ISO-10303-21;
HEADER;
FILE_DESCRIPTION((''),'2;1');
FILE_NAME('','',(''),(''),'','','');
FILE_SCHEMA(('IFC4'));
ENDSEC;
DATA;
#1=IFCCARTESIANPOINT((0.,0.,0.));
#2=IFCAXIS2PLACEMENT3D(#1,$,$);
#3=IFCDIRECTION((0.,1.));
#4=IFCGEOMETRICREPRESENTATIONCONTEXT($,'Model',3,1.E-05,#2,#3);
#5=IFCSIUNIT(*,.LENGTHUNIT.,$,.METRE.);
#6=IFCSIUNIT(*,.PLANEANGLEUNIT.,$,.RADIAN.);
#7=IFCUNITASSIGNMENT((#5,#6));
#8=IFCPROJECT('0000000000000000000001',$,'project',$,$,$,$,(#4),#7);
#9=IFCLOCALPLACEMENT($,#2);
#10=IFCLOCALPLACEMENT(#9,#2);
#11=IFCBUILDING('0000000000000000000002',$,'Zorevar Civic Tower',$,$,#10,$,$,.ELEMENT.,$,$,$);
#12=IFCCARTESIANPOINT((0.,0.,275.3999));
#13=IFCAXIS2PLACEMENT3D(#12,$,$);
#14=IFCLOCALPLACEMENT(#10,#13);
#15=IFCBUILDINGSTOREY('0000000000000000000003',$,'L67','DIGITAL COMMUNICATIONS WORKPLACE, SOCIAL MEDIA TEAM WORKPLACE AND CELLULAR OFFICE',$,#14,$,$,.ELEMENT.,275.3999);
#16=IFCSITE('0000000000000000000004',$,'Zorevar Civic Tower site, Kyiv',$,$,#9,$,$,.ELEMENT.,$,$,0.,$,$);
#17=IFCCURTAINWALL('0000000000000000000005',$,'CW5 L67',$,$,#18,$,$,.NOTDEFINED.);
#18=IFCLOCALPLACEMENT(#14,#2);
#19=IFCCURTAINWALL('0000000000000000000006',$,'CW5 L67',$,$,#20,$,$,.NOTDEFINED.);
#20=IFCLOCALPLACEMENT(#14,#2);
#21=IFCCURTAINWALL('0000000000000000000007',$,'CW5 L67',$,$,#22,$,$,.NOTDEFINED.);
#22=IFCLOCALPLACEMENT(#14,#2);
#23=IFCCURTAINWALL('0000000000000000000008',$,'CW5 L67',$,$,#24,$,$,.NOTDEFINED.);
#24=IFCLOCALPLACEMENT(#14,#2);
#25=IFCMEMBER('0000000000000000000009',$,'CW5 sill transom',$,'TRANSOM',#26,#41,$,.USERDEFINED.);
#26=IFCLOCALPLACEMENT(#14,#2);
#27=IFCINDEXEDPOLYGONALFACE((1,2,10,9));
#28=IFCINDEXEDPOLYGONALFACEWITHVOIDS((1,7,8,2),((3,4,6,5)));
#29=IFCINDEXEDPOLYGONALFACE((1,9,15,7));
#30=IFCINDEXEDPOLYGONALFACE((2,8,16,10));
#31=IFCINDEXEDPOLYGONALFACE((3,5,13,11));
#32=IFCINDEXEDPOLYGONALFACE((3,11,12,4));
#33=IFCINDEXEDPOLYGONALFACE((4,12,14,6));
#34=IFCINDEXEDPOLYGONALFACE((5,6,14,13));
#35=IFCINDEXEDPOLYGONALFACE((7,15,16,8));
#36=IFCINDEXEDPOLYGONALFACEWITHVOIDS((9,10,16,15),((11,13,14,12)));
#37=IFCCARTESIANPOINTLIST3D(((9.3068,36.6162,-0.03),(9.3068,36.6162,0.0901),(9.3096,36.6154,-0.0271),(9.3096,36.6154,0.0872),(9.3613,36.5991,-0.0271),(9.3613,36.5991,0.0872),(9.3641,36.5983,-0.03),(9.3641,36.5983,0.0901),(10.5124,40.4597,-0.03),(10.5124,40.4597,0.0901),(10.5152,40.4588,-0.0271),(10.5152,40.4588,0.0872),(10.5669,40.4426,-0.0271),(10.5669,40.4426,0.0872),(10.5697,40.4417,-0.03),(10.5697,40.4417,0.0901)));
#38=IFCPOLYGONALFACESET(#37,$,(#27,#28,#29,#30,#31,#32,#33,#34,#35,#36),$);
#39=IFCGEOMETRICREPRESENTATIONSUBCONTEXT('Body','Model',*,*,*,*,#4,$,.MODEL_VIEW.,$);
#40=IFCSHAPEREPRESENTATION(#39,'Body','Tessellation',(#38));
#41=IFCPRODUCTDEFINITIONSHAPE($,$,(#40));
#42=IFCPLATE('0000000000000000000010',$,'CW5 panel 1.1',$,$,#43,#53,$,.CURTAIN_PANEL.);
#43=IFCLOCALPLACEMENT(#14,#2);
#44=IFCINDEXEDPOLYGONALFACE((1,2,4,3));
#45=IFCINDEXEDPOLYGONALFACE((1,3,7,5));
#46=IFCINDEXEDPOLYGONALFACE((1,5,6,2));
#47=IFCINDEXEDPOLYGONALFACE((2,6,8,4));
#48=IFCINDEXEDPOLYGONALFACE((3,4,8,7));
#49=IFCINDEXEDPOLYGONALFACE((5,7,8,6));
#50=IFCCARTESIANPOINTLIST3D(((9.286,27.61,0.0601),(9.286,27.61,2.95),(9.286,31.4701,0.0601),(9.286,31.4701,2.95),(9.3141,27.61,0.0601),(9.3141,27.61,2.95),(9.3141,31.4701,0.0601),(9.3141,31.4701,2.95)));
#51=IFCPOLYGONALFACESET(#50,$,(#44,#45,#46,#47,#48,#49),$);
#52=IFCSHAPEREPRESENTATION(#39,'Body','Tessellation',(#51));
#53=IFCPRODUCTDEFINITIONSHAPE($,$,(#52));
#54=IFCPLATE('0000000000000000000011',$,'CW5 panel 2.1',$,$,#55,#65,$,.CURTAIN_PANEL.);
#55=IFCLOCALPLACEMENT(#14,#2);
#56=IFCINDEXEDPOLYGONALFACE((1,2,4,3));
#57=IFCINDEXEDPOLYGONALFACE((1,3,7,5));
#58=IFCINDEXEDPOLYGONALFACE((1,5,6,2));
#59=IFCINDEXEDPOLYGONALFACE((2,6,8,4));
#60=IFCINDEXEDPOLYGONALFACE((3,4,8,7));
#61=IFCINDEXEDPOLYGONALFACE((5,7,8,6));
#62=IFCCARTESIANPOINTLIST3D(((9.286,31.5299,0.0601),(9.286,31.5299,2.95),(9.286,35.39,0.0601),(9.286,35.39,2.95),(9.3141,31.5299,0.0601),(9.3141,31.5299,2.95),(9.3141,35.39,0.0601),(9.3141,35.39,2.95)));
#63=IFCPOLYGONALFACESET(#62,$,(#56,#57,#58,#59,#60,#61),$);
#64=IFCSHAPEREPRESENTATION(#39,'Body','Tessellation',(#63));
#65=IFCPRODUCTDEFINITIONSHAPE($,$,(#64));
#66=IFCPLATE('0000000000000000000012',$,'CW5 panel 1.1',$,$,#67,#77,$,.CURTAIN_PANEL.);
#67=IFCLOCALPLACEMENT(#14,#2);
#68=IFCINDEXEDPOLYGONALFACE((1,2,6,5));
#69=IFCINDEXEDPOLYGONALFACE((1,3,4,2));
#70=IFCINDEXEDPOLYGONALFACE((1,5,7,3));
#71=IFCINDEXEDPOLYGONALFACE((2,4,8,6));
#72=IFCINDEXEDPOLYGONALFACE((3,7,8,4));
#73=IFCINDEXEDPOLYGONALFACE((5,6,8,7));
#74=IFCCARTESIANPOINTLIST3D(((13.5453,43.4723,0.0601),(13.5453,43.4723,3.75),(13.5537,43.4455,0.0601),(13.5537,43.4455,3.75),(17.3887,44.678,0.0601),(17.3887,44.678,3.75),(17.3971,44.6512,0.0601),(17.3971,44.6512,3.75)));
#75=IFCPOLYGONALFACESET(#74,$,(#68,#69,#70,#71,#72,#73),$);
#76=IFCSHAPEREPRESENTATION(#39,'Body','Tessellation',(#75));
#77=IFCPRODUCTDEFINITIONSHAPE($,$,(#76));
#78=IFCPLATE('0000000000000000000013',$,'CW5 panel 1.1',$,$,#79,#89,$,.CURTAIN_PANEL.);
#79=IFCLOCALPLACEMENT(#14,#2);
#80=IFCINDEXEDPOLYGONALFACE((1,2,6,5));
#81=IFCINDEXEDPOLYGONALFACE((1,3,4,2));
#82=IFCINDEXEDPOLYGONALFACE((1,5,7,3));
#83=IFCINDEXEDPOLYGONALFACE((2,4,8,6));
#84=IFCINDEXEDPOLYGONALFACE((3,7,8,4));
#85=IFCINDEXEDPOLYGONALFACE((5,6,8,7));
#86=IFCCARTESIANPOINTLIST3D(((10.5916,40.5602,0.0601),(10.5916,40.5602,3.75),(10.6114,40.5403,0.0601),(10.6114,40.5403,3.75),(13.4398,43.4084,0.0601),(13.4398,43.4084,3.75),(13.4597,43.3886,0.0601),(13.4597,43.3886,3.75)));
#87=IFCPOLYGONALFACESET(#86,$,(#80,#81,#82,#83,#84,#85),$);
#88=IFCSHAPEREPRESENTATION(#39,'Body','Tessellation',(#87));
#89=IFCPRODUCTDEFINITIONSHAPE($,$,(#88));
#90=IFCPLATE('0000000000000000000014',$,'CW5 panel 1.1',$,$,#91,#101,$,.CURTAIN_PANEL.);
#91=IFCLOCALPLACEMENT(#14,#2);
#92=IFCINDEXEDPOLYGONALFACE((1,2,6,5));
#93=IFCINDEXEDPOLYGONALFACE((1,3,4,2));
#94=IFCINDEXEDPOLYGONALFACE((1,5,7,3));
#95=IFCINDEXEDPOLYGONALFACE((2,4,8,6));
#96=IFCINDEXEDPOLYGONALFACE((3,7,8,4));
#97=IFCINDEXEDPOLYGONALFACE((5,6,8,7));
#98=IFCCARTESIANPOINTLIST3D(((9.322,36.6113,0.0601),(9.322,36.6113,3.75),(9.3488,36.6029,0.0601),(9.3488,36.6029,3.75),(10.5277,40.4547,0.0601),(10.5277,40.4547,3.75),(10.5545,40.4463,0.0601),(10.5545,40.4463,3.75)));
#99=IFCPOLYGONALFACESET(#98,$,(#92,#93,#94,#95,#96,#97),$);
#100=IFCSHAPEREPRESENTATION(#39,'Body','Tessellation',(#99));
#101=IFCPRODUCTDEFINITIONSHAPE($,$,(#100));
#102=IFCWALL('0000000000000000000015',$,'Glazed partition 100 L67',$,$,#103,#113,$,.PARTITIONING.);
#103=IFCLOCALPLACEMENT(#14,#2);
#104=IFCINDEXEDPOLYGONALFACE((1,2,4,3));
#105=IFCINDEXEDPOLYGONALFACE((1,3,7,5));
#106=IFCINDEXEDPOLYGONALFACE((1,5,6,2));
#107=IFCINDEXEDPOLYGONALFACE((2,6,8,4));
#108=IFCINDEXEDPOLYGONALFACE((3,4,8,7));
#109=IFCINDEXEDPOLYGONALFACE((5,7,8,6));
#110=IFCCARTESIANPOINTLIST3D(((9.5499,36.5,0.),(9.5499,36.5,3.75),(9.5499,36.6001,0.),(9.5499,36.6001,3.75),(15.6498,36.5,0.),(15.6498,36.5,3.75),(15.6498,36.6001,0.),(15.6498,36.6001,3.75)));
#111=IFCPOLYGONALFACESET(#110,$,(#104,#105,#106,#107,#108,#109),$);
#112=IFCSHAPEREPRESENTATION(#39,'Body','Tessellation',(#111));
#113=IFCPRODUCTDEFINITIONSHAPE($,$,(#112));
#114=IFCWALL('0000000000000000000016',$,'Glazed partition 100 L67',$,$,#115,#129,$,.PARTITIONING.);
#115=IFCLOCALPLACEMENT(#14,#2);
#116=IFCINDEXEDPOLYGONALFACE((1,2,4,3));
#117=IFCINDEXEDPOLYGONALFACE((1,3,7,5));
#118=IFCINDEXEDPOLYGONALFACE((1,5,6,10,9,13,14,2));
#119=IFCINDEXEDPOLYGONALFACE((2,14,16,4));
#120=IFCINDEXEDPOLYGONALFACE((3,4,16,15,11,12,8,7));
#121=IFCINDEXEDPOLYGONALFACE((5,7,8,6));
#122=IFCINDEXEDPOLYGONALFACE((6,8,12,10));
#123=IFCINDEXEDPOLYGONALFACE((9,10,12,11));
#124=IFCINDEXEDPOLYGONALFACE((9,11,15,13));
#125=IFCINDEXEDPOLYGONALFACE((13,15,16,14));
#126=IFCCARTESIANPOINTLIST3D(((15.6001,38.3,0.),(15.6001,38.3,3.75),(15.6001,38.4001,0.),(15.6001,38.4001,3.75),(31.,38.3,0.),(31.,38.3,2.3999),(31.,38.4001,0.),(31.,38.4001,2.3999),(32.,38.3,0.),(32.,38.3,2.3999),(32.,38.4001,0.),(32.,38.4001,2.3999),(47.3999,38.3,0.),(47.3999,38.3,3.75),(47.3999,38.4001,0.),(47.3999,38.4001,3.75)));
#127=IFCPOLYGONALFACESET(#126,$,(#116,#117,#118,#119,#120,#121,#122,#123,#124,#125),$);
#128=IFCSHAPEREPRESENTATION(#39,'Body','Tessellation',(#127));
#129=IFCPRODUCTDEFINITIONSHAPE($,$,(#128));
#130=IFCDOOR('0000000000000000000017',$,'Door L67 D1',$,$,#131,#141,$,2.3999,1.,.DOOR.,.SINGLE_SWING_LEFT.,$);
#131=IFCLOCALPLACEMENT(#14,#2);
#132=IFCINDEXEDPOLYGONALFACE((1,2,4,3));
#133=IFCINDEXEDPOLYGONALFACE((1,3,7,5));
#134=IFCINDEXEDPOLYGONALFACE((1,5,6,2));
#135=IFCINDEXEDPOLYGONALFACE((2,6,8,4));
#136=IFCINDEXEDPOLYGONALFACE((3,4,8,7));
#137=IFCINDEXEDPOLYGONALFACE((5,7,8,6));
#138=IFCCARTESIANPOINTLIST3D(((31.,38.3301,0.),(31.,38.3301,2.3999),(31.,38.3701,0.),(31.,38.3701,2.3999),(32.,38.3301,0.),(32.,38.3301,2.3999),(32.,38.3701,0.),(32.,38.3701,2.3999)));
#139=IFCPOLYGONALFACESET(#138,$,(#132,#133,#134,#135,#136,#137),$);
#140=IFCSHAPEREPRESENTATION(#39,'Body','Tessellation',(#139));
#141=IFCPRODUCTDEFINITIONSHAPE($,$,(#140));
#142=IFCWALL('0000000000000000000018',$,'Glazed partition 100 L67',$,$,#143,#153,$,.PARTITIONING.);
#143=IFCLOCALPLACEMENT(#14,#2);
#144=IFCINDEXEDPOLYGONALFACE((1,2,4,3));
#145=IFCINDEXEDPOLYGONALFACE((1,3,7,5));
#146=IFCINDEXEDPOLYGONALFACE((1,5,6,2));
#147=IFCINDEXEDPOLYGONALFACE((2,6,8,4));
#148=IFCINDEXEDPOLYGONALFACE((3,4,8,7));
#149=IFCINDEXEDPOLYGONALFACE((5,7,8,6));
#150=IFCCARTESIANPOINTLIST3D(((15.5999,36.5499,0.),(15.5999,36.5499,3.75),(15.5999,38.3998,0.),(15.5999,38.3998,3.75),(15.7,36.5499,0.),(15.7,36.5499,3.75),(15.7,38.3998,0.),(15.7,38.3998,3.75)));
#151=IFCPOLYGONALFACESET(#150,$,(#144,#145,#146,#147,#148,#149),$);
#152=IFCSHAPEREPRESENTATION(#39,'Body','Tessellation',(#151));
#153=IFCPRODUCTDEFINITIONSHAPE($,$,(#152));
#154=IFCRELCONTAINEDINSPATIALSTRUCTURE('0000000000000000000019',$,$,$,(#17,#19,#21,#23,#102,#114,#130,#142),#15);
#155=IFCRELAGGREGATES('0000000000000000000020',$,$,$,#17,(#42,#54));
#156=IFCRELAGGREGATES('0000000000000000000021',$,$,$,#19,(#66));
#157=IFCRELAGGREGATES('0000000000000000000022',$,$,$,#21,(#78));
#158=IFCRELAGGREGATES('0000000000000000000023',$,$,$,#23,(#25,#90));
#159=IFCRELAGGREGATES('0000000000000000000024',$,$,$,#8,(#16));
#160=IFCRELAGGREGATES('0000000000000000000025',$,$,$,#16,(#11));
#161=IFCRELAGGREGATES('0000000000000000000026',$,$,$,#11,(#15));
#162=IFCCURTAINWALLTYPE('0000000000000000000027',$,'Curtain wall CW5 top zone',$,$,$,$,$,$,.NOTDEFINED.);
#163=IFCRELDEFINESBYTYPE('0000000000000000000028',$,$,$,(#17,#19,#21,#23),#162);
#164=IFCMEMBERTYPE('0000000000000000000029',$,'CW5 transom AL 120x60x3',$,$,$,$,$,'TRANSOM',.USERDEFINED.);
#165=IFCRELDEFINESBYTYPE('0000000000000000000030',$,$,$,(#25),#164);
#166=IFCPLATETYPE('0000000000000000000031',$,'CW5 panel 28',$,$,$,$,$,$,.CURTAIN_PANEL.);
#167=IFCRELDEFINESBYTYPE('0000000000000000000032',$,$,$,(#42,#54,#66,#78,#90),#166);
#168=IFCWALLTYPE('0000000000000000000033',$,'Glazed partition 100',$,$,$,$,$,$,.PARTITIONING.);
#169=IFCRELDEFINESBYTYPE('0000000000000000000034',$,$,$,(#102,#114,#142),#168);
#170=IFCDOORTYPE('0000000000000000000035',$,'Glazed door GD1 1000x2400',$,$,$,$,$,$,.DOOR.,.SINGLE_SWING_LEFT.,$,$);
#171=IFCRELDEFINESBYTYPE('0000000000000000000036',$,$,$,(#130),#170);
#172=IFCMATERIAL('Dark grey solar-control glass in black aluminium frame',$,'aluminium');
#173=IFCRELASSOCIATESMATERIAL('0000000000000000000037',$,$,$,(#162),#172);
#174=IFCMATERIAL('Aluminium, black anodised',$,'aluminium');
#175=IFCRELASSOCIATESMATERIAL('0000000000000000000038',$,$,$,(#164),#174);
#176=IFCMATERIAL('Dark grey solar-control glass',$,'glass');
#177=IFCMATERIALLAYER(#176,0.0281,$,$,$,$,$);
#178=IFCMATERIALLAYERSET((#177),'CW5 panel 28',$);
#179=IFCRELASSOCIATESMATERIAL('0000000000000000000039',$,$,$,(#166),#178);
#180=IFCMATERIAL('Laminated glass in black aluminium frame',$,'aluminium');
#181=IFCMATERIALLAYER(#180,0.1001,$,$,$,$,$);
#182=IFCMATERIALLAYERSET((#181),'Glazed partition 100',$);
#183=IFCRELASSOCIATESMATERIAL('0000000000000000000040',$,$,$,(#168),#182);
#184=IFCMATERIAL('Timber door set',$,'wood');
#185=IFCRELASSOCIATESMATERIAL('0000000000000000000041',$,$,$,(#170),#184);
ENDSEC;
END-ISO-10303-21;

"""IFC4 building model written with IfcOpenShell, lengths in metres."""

from ifc_helpers import new_model, si_unit, direction, frame, frame_2d, origin, origin_2d, place, context, subcontext, project, spatial, rectangle, hollow_rectangle, extrude, material, layer, layer_set, material_profile, profile_set, type_object, element, fill, aggregate, save


model = new_model("IFC4")

# Units and contexts
model_context = context("Model", 3, precision=1e-05, world=origin(), true_north=direction((0.0, 1.0)))
body_context = subcontext(model_context, "Body", "Model", "MODEL_VIEW")
ifc_project = project(units=[si_unit("LENGTHUNIT", "METRE"), si_unit("PLANEANGLEUNIT", "RADIAN")], contexts=[model_context])

# Site, building, storey
site_placement = place(None, origin())
site = spatial("IfcSite", under=ifc_project, at=site_placement, Name="Zorevar Civic Tower site, Kyiv", CompositionType="ELEMENT", RefElevation=0.0)
building_placement = place(site_placement, origin())
building = spatial("IfcBuilding", under=site, at=building_placement, Name="Zorevar Civic Tower", CompositionType="ELEMENT")
storey_placement = place(building_placement, frame((0.0, 0.0, 275.3999)))
storey = spatial("IfcBuildingStorey", under=building, at=storey_placement, Name="L67", Description="DIGITAL COMMUNICATIONS WORKPLACE, SOCIAL MEDIA TEAM WORKPLACE AND CELLULAR OFFICE", CompositionType="ELEMENT", Elevation=275.3999)

# Curtain wall
ifc_material_1 = material(Name="Dark grey solar-control glass in black aluminium frame", Category="aluminium")
curtain_wall_type = type_object("IfcCurtainWallType", Name="Curtain wall CW5 top zone", PredefinedType="NOTDEFINED", material=ifc_material_1)
curtain_wall_1_placement = place(storey_placement, origin())
curtain_wall_1 = element("IfcCurtainWall", 1, at=curtain_wall_1_placement, inside=storey, type_object=curtain_wall_type, Name="CW5 L67", PredefinedType="NOTDEFINED")

# Curtain wall
curtain_wall_2_placement = place(storey_placement, origin())
curtain_wall_2 = element("IfcCurtainWall", 2, at=curtain_wall_2_placement, inside=storey, type_object=curtain_wall_type, Name="CW5 L67", PredefinedType="NOTDEFINED")

# Curtain walls
curtain_wall_3_placement = place(storey_placement, origin())
curtain_wall_3 = element("IfcCurtainWall", 3, at=curtain_wall_3_placement, inside=storey, type_object=curtain_wall_type, Name="CW5 L67", PredefinedType="NOTDEFINED")
curtain_wall_4_placement = place(storey_placement, origin())
curtain_wall_4 = element("IfcCurtainWall", 4, at=curtain_wall_4_placement, inside=storey, type_object=curtain_wall_type, Name="CW5 L67", PredefinedType="NOTDEFINED")

# Member
ifc_material_2 = material(Name="Aluminium, black anodised", Category="aluminium")
ifc_material_profile_1 = material_profile(ifc_material_2, hollow_rectangle(XDim=0.0601, YDim=0.1201, WallThickness=0.0029, at=origin_2d()), Name="AL 120x60x3")
ifc_profile_set_1 = profile_set([ifc_material_profile_1], Name="Aluminium, black anodised")
member_type_1 = type_object("IfcMemberType", Name="CW5 transom AL 120x60x3", ElementType="TRANSOM", PredefinedType="USERDEFINED", material=ifc_profile_set_1)
member_1_placement = place(storey_placement, frame((10.541, 40.4507, 0.03), z_axis=(-0.299286, -0.954163, 0.0), x_axis=(0.954163, -0.299286, 0.0)))
member_1 = element("IfcMember", 5, at=member_1_placement, type_object=member_type_1, Name="CW5 sill transom", ObjectType="TRANSOM", PredefinedType="USERDEFINED", context=body_context, shape_type="SweptSolid", body=[
    extrude(hollow_rectangle(XDim=0.0601, YDim=0.1201, WallThickness=0.0029, at=origin_2d()), origin(), (0.0, 0.0, 1.0), 4.0281),
])

# Plates
ifc_material_3 = material(Name="Dark grey solar-control glass", Category="glass")
ifc_layer_1 = layer(ifc_material_3, 0.0281)
ifc_layer_set_1 = layer_set([ifc_layer_1], Name="CW5 panel 28")
plate_type = type_object("IfcPlateType", Name="CW5 panel 28", PredefinedType="CURTAIN_PANEL", material=ifc_layer_set_1)
plate_1_placement = place(storey_placement, frame((9.3, 29.54, 0.0601), z_axis=(0.0, 0.0, 1.0), x_axis=(0.0, 1.0, 0.0)))
plate_1 = element("IfcPlate", 6, at=plate_1_placement, type_object=plate_type, Name="CW5 panel 1.1", PredefinedType="CURTAIN_PANEL", context=body_context, shape_type="SweptSolid", body=[
    extrude(rectangle(XDim=3.8601, YDim=0.0281, at=origin_2d()), origin(), (0.0, 0.0, 1.0), 2.8899),
])
plate_2_placement = place(storey_placement, frame((9.3, 33.46, 0.0601), z_axis=(0.0, 0.0, 1.0), x_axis=(0.0, 1.0, 0.0)))
plate_2 = element("IfcPlate", 7, at=plate_2_placement, type_object=plate_type, Name="CW5 panel 2.1", PredefinedType="CURTAIN_PANEL", context=body_context, shape_type="SweptSolid", body=[
    extrude(rectangle(XDim=3.8601, YDim=0.0281, at=origin_2d()), origin(), (0.0, 0.0, 1.0), 2.8899),
])
aggregate(curtain_wall_1, [plate_1, plate_2])
plate_3_placement = place(storey_placement, frame((15.4712, 44.0618, 0.0601), z_axis=(0.0, 0.0, 1.0), x_axis=(-0.954153, -0.299318, 0.0)))
plate_3 = element("IfcPlate", 8, at=plate_3_placement, type_object=plate_type, Name="CW5 panel 1.1", PredefinedType="CURTAIN_PANEL", context=body_context, shape_type="SweptSolid", body=[
    extrude(rectangle(XDim=4.0281, YDim=0.0281, at=origin_2d()), origin(), (0.0, 0.0, 1.0), 3.6899),
])
aggregate(curtain_wall_2, [plate_3])
plate_4_placement = place(storey_placement, frame((12.0256, 41.9744, 0.0601), z_axis=(0.0, 0.0, 1.0), x_axis=(-0.707107, -0.707107, 0.0)))
plate_4 = element("IfcPlate", 9, at=plate_4_placement, type_object=plate_type, Name="CW5 panel 1.1", PredefinedType="CURTAIN_PANEL", context=body_context, shape_type="SweptSolid", body=[
    extrude(rectangle(XDim=4.0281, YDim=0.0281, at=origin_2d()), origin(), (0.0, 0.0, 1.0), 3.6899),
])
aggregate(curtain_wall_3, [plate_4])
plate_5_placement = place(storey_placement, frame((9.9382, 38.5288, 0.0601), z_axis=(0.0, 0.0, 1.0), x_axis=(-0.299318, -0.954153, 0.0)))
plate_5 = element("IfcPlate", 10, at=plate_5_placement, type_object=plate_type, Name="CW5 panel 1.1", PredefinedType="CURTAIN_PANEL", context=body_context, shape_type="SweptSolid", body=[
    extrude(rectangle(XDim=4.0281, YDim=0.0281, at=origin_2d()), origin(), (0.0, 0.0, 1.0), 3.6899),
])
aggregate(curtain_wall_4, [member_1, plate_5])

# Wall
ifc_material_4 = material(Name="Laminated glass in black aluminium frame", Category="aluminium")
ifc_layer_2 = layer(ifc_material_4, 0.1001)
ifc_layer_set_2 = layer_set([ifc_layer_2], Name="Glazed partition 100")
wall_type = type_object("IfcWallType", Name="Glazed partition 100", PredefinedType="PARTITIONING", material=ifc_layer_set_2)
wall_1_placement = place(storey_placement, frame((9.55, 36.55, 0.0), z_axis=(0.0, 0.0, 1.0), x_axis=(1.0, 0.0, 0.0)))
element("IfcWall", 11, at=wall_1_placement, inside=storey, type_object=wall_type, Name="Glazed partition 100 L67", PredefinedType="PARTITIONING", context=body_context, shape_type="SweptSolid", body=[
    extrude(rectangle(XDim=6.0999, YDim=0.1001, at=frame_2d((3.0498, 0.0))), origin(), (0.0, 0.0, 1.0), 3.75),
])

# Wall, opening, door
wall_2_placement = place(storey_placement, frame((15.6001, 38.3501, 0.0), z_axis=(0.0, 0.0, 1.0), x_axis=(1.0, 0.0, 0.0)))
wall_2 = element("IfcWall", 12, at=wall_2_placement, inside=storey, type_object=wall_type, Name="Glazed partition 100 L67", PredefinedType="PARTITIONING", context=body_context, shape_type="SweptSolid", body=[
    extrude(rectangle(XDim=31.7998, YDim=0.1001, at=frame_2d((15.8999, 0.0))), origin(), (0.0, 0.0, 1.0), 3.75),
])
opening_placement = place(wall_2_placement, frame((15.3999, 0.0, 0.0)))
opening = element("IfcOpeningElement", 13, at=opening_placement, cuts=wall_2, PredefinedType="OPENING", context=body_context, shape_type="SweptSolid", body=[
    extrude(rectangle(XDim=1.0, YDim=2.3999, at=frame_2d((0.5, 1.2))), frame((0.0, 0.0601, 0.0), z_axis=(0.0, -1.0, 0.0), x_axis=(1.0, 0.0, 0.0)), (0.0, 0.0, 1.0), 0.1201),
])
ifc_material_5 = material(Name="Timber door set", Category="wood")
door_type = type_object("IfcDoorType", Name="Glazed door GD1 1000x2400", OperationType="SINGLE_SWING_LEFT", PredefinedType="DOOR", material=ifc_material_5)
door_placement = place(opening_placement, origin())
door = element("IfcDoor", 14, at=door_placement, inside=storey, type_object=door_type, Name="Door L67 D1", OperationType="SINGLE_SWING_LEFT", OverallHeight=2.3999, OverallWidth=1.0, PredefinedType="DOOR", context=body_context, shape_type="SweptSolid", body=[
    extrude(rectangle(XDim=1.0, YDim=2.3999, at=frame_2d((0.5, 1.2))), frame((0.0, 0.02, 0.0), z_axis=(0.0, -1.0, 0.0), x_axis=(1.0, 0.0, 0.0)), (0.0, 0.0, 1.0), 0.04),
])
fill(opening, door)

# Wall
wall_3_placement = place(storey_placement, frame((15.6499, 36.55, 0.0), z_axis=(0.0, 0.0, 1.0), x_axis=(0.0, 1.0, 0.0)))
element("IfcWall", 15, at=wall_3_placement, inside=storey, type_object=wall_type, Name="Glazed partition 100 L67", PredefinedType="PARTITIONING", context=body_context, shape_type="SweptSolid", body=[
    extrude(rectangle(XDim=1.8499, YDim=0.1001, at=frame_2d((0.9248, 0.0))), origin(), (0.0, 0.0, 1.0), 3.75),
])

save(model, "model.ifc")
